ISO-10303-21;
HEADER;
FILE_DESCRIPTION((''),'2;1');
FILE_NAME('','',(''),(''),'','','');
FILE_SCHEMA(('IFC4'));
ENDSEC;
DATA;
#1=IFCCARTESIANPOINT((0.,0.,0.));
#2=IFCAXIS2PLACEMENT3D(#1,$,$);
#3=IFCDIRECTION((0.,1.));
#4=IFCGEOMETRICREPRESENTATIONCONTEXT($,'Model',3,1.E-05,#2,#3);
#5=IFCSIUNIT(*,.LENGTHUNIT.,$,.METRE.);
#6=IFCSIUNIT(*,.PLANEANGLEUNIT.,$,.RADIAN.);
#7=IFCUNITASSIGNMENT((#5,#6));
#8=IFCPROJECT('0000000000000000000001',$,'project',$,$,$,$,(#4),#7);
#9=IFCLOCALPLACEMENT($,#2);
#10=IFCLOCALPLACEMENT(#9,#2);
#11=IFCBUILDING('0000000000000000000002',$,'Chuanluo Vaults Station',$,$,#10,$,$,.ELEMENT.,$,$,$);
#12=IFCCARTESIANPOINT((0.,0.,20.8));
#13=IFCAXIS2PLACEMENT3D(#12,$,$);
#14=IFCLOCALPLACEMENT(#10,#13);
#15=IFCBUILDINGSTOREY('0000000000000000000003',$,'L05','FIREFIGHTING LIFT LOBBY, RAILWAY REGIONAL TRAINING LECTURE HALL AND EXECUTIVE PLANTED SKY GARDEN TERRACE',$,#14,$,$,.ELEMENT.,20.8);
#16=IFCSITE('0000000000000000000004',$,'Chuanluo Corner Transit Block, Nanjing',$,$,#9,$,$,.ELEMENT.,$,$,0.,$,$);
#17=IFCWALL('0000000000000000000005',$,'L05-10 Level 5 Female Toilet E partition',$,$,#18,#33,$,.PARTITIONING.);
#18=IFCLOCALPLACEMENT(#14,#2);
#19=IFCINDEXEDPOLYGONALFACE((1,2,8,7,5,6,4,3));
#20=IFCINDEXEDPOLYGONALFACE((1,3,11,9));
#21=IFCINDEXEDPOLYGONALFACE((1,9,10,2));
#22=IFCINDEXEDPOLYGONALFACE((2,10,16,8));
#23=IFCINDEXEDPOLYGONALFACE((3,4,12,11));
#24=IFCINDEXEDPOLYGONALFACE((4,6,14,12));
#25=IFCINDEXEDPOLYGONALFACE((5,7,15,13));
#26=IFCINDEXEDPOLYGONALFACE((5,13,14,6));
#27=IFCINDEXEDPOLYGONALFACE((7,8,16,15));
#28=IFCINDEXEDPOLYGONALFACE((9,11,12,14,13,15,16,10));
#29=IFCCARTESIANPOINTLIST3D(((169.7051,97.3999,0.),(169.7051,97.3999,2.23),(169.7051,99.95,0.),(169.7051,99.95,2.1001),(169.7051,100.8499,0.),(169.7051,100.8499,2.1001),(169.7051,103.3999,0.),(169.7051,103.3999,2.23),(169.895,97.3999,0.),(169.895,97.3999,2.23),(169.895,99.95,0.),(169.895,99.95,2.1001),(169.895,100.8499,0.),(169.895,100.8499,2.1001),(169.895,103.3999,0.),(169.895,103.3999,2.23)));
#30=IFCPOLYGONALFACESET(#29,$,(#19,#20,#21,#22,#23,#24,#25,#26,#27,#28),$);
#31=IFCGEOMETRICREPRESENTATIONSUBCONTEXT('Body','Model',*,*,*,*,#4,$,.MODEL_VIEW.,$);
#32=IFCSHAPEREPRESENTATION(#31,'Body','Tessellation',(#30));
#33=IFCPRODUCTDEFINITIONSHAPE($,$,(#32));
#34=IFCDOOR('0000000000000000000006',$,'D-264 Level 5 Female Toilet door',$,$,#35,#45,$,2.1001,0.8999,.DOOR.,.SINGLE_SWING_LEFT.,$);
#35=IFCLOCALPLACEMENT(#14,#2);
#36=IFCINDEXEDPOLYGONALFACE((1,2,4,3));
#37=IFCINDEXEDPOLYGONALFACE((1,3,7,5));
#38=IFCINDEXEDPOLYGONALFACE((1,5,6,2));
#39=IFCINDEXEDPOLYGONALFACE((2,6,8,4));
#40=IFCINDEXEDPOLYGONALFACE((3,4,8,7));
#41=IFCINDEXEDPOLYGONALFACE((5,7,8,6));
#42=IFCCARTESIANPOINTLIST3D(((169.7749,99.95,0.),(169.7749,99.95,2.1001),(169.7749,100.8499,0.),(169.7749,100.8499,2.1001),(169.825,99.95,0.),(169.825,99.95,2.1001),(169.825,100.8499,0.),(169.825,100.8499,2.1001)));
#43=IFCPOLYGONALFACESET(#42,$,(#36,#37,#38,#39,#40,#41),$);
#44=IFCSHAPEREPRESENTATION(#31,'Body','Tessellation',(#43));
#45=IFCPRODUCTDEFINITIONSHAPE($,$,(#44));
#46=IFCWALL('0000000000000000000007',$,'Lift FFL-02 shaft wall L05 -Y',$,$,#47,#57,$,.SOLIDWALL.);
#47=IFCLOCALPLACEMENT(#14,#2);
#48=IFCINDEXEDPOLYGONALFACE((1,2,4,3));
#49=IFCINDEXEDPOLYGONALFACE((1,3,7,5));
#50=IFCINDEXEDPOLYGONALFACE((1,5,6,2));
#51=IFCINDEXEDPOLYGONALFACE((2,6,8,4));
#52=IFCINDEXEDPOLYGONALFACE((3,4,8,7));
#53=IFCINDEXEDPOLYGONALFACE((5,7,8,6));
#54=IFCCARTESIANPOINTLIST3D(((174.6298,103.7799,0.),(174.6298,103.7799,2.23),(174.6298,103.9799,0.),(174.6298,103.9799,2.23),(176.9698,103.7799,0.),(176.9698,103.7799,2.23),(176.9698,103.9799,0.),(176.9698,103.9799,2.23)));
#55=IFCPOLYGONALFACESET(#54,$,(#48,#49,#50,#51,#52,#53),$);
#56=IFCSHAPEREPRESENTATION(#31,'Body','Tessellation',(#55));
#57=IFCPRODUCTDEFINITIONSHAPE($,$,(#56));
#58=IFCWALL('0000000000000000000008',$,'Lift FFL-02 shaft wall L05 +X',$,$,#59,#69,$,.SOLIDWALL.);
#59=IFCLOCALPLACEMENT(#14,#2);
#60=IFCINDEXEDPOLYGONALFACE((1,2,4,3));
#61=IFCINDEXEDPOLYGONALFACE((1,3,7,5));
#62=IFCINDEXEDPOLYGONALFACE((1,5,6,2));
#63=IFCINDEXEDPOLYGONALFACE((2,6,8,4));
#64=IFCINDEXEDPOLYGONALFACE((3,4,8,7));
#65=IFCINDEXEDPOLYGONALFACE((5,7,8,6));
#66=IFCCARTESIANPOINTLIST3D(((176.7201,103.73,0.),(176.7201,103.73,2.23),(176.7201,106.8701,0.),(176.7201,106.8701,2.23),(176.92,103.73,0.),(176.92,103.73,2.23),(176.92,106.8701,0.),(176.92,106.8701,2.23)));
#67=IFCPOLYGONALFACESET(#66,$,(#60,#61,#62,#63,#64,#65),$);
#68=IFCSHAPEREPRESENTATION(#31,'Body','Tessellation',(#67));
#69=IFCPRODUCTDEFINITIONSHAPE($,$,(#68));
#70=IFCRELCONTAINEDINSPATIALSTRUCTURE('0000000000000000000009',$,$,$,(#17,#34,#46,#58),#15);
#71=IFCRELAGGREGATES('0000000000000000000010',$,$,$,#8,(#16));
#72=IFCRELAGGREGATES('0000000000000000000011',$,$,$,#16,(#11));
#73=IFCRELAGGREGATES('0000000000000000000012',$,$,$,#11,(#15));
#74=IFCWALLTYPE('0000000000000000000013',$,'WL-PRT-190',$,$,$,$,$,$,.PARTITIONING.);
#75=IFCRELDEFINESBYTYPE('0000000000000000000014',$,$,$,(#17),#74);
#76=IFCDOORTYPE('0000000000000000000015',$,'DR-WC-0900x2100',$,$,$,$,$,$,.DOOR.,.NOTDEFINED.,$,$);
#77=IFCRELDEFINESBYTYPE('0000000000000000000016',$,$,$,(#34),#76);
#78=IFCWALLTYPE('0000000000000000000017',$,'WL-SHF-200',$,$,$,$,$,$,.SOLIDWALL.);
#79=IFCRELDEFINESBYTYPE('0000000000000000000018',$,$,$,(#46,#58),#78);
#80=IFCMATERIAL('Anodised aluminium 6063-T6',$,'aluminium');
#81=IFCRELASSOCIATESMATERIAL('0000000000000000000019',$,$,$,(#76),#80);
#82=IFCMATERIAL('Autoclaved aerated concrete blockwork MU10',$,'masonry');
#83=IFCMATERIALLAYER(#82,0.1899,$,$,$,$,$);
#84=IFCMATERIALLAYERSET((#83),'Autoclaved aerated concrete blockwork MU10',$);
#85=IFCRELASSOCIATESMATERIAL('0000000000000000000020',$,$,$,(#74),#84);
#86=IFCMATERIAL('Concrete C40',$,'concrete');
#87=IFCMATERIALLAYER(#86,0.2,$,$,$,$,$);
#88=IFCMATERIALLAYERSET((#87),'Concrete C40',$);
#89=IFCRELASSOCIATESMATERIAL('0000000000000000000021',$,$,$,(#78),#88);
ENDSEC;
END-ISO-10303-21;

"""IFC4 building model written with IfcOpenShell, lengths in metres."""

from ifc_helpers import new_model, si_unit, direction, frame, frame_2d, origin, place, context, subcontext, project, spatial, rectangle, extrude, material, layer, layer_set, type_object, element, fill, save


model = new_model("IFC4")

# Units and contexts
model_context = context("Model", 3, precision=1e-05, world=origin(), true_north=direction((0.0, 1.0)))
body_context = subcontext(model_context, "Body", "Model", "MODEL_VIEW")
ifc_project = project(units=[si_unit("LENGTHUNIT", "METRE"), si_unit("PLANEANGLEUNIT", "RADIAN")], contexts=[model_context])

# Site, building, storey
site_placement = place(None, origin())
site = spatial("IfcSite", under=ifc_project, at=site_placement, Name="Chuanluo Corner Transit Block, Nanjing", CompositionType="ELEMENT", RefElevation=0.0)
building_placement = place(site_placement, origin())
building = spatial("IfcBuilding", under=site, at=building_placement, Name="Chuanluo Vaults Station", CompositionType="ELEMENT")
storey_placement = place(building_placement, frame((0.0, 0.0, 20.8)))
storey = spatial("IfcBuildingStorey", under=building, at=storey_placement, Name="L05", Description="FIREFIGHTING LIFT LOBBY, RAILWAY REGIONAL TRAINING LECTURE HALL AND EXECUTIVE PLANTED SKY GARDEN TERRACE", CompositionType="ELEMENT", Elevation=20.8)

# Shared definitions
ifc_material_1 = material(Name="Anodised aluminium 6063-T6", Category="aluminium")
door_type_1 = type_object("IfcDoorType", Name="DR-WC-0900x2100", OperationType="NOTDEFINED", PredefinedType="DOOR", material=ifc_material_1)

# Shared definitions
ifc_material_2 = material(Name="Autoclaved aerated concrete blockwork MU10", Category="masonry")
ifc_layer_1 = layer(ifc_material_2, 0.1899)
ifc_layer_set_1 = layer_set([ifc_layer_1], Name="Autoclaved aerated concrete blockwork MU10")
wall_type_1 = type_object("IfcWallType", Name="WL-PRT-190", PredefinedType="PARTITIONING", material=ifc_layer_set_1)

# Wall, opening, door
wall_1_placement = place(storey_placement, frame((169.8, 103.3999, 0.0), z_axis=(0.0, 0.0, 1.0), x_axis=(0.0, -1.0, 0.0)))
wall_1 = element("IfcWall", 1, at=wall_1_placement, inside=storey, type_object=wall_type_1, Name="L05-10 Level 5 Female Toilet E partition", PredefinedType="PARTITIONING", context=body_context, shape_type="SweptSolid", body=[
    extrude(rectangle(XDim=6.0, YDim=0.1899, at=frame_2d((3.0, 0.0))), origin(), (0.0, 0.0, 1.0), 2.23),
])
opening_1_placement = place(wall_1_placement, frame((2.55, 0.0, 0.0)))
opening_1 = element("IfcOpeningElement", 2, at=opening_1_placement, cuts=wall_1, PredefinedType="OPENING", context=body_context, shape_type="SweptSolid", body=[
    extrude(rectangle(XDim=0.8999, YDim=2.1001, at=frame_2d((0.45, 1.05))), frame((0.0, 0.105, 0.0), z_axis=(0.0, -1.0, 0.0), x_axis=(1.0, 0.0, 0.0)), (0.0, 0.0, 1.0), 0.2099),
])
door_1_placement = place(opening_1_placement, origin())
door_1 = element("IfcDoor", 3, at=door_1_placement, inside=storey, type_object=door_type_1, Name="D-264 Level 5 Female Toilet door", OperationType="SINGLE_SWING_LEFT", OverallHeight=2.1001, OverallWidth=0.8999, PredefinedType="DOOR", context=body_context, shape_type="SweptSolid", body=[
    extrude(rectangle(XDim=0.8999, YDim=2.1001, at=frame_2d((0.45, 1.05))), frame((0.0, 0.0249, 0.0), z_axis=(0.0, -1.0, 0.0), x_axis=(1.0, 0.0, 0.0)), (0.0, 0.0, 1.0), 0.05),
])
fill(opening_1, door_1)

# Walls
ifc_material_3 = material(Name="Concrete C40", Category="concrete")
ifc_layer_2 = layer(ifc_material_3, 0.2)
ifc_layer_set_2 = layer_set([ifc_layer_2], Name="Concrete C40")
wall_type_2 = type_object("IfcWallType", Name="WL-SHF-200", PredefinedType="SOLIDWALL", material=ifc_layer_set_2)
wall_2_placement = place(storey_placement, frame((174.6299, 103.8799, 0.0), z_axis=(0.0, 0.0, 1.0), x_axis=(1.0, 0.0, 0.0)))
element("IfcWall", 4, at=wall_2_placement, inside=storey, type_object=wall_type_2, Name="Lift FFL-02 shaft wall L05 -Y", PredefinedType="SOLIDWALL", context=body_context, shape_type="SweptSolid", body=[
    extrude(rectangle(XDim=2.3401, YDim=0.2, at=frame_2d((1.1699, 0.0))), origin(), (0.0, 0.0, 1.0), 2.23),
])
wall_3_placement = place(storey_placement, frame((176.8201, 103.73, 0.0), z_axis=(0.0, 0.0, 1.0), x_axis=(0.0, 1.0, 0.0)))
element("IfcWall", 5, at=wall_3_placement, inside=storey, type_object=wall_type_2, Name="Lift FFL-02 shaft wall L05 +X", PredefinedType="SOLIDWALL", context=body_context, shape_type="SweptSolid", body=[
    extrude(rectangle(XDim=3.1401, YDim=0.2, at=frame_2d((1.5701, 0.0))), origin(), (0.0, 0.0, 1.0), 2.23),
])

save(model, "model.ifc")
